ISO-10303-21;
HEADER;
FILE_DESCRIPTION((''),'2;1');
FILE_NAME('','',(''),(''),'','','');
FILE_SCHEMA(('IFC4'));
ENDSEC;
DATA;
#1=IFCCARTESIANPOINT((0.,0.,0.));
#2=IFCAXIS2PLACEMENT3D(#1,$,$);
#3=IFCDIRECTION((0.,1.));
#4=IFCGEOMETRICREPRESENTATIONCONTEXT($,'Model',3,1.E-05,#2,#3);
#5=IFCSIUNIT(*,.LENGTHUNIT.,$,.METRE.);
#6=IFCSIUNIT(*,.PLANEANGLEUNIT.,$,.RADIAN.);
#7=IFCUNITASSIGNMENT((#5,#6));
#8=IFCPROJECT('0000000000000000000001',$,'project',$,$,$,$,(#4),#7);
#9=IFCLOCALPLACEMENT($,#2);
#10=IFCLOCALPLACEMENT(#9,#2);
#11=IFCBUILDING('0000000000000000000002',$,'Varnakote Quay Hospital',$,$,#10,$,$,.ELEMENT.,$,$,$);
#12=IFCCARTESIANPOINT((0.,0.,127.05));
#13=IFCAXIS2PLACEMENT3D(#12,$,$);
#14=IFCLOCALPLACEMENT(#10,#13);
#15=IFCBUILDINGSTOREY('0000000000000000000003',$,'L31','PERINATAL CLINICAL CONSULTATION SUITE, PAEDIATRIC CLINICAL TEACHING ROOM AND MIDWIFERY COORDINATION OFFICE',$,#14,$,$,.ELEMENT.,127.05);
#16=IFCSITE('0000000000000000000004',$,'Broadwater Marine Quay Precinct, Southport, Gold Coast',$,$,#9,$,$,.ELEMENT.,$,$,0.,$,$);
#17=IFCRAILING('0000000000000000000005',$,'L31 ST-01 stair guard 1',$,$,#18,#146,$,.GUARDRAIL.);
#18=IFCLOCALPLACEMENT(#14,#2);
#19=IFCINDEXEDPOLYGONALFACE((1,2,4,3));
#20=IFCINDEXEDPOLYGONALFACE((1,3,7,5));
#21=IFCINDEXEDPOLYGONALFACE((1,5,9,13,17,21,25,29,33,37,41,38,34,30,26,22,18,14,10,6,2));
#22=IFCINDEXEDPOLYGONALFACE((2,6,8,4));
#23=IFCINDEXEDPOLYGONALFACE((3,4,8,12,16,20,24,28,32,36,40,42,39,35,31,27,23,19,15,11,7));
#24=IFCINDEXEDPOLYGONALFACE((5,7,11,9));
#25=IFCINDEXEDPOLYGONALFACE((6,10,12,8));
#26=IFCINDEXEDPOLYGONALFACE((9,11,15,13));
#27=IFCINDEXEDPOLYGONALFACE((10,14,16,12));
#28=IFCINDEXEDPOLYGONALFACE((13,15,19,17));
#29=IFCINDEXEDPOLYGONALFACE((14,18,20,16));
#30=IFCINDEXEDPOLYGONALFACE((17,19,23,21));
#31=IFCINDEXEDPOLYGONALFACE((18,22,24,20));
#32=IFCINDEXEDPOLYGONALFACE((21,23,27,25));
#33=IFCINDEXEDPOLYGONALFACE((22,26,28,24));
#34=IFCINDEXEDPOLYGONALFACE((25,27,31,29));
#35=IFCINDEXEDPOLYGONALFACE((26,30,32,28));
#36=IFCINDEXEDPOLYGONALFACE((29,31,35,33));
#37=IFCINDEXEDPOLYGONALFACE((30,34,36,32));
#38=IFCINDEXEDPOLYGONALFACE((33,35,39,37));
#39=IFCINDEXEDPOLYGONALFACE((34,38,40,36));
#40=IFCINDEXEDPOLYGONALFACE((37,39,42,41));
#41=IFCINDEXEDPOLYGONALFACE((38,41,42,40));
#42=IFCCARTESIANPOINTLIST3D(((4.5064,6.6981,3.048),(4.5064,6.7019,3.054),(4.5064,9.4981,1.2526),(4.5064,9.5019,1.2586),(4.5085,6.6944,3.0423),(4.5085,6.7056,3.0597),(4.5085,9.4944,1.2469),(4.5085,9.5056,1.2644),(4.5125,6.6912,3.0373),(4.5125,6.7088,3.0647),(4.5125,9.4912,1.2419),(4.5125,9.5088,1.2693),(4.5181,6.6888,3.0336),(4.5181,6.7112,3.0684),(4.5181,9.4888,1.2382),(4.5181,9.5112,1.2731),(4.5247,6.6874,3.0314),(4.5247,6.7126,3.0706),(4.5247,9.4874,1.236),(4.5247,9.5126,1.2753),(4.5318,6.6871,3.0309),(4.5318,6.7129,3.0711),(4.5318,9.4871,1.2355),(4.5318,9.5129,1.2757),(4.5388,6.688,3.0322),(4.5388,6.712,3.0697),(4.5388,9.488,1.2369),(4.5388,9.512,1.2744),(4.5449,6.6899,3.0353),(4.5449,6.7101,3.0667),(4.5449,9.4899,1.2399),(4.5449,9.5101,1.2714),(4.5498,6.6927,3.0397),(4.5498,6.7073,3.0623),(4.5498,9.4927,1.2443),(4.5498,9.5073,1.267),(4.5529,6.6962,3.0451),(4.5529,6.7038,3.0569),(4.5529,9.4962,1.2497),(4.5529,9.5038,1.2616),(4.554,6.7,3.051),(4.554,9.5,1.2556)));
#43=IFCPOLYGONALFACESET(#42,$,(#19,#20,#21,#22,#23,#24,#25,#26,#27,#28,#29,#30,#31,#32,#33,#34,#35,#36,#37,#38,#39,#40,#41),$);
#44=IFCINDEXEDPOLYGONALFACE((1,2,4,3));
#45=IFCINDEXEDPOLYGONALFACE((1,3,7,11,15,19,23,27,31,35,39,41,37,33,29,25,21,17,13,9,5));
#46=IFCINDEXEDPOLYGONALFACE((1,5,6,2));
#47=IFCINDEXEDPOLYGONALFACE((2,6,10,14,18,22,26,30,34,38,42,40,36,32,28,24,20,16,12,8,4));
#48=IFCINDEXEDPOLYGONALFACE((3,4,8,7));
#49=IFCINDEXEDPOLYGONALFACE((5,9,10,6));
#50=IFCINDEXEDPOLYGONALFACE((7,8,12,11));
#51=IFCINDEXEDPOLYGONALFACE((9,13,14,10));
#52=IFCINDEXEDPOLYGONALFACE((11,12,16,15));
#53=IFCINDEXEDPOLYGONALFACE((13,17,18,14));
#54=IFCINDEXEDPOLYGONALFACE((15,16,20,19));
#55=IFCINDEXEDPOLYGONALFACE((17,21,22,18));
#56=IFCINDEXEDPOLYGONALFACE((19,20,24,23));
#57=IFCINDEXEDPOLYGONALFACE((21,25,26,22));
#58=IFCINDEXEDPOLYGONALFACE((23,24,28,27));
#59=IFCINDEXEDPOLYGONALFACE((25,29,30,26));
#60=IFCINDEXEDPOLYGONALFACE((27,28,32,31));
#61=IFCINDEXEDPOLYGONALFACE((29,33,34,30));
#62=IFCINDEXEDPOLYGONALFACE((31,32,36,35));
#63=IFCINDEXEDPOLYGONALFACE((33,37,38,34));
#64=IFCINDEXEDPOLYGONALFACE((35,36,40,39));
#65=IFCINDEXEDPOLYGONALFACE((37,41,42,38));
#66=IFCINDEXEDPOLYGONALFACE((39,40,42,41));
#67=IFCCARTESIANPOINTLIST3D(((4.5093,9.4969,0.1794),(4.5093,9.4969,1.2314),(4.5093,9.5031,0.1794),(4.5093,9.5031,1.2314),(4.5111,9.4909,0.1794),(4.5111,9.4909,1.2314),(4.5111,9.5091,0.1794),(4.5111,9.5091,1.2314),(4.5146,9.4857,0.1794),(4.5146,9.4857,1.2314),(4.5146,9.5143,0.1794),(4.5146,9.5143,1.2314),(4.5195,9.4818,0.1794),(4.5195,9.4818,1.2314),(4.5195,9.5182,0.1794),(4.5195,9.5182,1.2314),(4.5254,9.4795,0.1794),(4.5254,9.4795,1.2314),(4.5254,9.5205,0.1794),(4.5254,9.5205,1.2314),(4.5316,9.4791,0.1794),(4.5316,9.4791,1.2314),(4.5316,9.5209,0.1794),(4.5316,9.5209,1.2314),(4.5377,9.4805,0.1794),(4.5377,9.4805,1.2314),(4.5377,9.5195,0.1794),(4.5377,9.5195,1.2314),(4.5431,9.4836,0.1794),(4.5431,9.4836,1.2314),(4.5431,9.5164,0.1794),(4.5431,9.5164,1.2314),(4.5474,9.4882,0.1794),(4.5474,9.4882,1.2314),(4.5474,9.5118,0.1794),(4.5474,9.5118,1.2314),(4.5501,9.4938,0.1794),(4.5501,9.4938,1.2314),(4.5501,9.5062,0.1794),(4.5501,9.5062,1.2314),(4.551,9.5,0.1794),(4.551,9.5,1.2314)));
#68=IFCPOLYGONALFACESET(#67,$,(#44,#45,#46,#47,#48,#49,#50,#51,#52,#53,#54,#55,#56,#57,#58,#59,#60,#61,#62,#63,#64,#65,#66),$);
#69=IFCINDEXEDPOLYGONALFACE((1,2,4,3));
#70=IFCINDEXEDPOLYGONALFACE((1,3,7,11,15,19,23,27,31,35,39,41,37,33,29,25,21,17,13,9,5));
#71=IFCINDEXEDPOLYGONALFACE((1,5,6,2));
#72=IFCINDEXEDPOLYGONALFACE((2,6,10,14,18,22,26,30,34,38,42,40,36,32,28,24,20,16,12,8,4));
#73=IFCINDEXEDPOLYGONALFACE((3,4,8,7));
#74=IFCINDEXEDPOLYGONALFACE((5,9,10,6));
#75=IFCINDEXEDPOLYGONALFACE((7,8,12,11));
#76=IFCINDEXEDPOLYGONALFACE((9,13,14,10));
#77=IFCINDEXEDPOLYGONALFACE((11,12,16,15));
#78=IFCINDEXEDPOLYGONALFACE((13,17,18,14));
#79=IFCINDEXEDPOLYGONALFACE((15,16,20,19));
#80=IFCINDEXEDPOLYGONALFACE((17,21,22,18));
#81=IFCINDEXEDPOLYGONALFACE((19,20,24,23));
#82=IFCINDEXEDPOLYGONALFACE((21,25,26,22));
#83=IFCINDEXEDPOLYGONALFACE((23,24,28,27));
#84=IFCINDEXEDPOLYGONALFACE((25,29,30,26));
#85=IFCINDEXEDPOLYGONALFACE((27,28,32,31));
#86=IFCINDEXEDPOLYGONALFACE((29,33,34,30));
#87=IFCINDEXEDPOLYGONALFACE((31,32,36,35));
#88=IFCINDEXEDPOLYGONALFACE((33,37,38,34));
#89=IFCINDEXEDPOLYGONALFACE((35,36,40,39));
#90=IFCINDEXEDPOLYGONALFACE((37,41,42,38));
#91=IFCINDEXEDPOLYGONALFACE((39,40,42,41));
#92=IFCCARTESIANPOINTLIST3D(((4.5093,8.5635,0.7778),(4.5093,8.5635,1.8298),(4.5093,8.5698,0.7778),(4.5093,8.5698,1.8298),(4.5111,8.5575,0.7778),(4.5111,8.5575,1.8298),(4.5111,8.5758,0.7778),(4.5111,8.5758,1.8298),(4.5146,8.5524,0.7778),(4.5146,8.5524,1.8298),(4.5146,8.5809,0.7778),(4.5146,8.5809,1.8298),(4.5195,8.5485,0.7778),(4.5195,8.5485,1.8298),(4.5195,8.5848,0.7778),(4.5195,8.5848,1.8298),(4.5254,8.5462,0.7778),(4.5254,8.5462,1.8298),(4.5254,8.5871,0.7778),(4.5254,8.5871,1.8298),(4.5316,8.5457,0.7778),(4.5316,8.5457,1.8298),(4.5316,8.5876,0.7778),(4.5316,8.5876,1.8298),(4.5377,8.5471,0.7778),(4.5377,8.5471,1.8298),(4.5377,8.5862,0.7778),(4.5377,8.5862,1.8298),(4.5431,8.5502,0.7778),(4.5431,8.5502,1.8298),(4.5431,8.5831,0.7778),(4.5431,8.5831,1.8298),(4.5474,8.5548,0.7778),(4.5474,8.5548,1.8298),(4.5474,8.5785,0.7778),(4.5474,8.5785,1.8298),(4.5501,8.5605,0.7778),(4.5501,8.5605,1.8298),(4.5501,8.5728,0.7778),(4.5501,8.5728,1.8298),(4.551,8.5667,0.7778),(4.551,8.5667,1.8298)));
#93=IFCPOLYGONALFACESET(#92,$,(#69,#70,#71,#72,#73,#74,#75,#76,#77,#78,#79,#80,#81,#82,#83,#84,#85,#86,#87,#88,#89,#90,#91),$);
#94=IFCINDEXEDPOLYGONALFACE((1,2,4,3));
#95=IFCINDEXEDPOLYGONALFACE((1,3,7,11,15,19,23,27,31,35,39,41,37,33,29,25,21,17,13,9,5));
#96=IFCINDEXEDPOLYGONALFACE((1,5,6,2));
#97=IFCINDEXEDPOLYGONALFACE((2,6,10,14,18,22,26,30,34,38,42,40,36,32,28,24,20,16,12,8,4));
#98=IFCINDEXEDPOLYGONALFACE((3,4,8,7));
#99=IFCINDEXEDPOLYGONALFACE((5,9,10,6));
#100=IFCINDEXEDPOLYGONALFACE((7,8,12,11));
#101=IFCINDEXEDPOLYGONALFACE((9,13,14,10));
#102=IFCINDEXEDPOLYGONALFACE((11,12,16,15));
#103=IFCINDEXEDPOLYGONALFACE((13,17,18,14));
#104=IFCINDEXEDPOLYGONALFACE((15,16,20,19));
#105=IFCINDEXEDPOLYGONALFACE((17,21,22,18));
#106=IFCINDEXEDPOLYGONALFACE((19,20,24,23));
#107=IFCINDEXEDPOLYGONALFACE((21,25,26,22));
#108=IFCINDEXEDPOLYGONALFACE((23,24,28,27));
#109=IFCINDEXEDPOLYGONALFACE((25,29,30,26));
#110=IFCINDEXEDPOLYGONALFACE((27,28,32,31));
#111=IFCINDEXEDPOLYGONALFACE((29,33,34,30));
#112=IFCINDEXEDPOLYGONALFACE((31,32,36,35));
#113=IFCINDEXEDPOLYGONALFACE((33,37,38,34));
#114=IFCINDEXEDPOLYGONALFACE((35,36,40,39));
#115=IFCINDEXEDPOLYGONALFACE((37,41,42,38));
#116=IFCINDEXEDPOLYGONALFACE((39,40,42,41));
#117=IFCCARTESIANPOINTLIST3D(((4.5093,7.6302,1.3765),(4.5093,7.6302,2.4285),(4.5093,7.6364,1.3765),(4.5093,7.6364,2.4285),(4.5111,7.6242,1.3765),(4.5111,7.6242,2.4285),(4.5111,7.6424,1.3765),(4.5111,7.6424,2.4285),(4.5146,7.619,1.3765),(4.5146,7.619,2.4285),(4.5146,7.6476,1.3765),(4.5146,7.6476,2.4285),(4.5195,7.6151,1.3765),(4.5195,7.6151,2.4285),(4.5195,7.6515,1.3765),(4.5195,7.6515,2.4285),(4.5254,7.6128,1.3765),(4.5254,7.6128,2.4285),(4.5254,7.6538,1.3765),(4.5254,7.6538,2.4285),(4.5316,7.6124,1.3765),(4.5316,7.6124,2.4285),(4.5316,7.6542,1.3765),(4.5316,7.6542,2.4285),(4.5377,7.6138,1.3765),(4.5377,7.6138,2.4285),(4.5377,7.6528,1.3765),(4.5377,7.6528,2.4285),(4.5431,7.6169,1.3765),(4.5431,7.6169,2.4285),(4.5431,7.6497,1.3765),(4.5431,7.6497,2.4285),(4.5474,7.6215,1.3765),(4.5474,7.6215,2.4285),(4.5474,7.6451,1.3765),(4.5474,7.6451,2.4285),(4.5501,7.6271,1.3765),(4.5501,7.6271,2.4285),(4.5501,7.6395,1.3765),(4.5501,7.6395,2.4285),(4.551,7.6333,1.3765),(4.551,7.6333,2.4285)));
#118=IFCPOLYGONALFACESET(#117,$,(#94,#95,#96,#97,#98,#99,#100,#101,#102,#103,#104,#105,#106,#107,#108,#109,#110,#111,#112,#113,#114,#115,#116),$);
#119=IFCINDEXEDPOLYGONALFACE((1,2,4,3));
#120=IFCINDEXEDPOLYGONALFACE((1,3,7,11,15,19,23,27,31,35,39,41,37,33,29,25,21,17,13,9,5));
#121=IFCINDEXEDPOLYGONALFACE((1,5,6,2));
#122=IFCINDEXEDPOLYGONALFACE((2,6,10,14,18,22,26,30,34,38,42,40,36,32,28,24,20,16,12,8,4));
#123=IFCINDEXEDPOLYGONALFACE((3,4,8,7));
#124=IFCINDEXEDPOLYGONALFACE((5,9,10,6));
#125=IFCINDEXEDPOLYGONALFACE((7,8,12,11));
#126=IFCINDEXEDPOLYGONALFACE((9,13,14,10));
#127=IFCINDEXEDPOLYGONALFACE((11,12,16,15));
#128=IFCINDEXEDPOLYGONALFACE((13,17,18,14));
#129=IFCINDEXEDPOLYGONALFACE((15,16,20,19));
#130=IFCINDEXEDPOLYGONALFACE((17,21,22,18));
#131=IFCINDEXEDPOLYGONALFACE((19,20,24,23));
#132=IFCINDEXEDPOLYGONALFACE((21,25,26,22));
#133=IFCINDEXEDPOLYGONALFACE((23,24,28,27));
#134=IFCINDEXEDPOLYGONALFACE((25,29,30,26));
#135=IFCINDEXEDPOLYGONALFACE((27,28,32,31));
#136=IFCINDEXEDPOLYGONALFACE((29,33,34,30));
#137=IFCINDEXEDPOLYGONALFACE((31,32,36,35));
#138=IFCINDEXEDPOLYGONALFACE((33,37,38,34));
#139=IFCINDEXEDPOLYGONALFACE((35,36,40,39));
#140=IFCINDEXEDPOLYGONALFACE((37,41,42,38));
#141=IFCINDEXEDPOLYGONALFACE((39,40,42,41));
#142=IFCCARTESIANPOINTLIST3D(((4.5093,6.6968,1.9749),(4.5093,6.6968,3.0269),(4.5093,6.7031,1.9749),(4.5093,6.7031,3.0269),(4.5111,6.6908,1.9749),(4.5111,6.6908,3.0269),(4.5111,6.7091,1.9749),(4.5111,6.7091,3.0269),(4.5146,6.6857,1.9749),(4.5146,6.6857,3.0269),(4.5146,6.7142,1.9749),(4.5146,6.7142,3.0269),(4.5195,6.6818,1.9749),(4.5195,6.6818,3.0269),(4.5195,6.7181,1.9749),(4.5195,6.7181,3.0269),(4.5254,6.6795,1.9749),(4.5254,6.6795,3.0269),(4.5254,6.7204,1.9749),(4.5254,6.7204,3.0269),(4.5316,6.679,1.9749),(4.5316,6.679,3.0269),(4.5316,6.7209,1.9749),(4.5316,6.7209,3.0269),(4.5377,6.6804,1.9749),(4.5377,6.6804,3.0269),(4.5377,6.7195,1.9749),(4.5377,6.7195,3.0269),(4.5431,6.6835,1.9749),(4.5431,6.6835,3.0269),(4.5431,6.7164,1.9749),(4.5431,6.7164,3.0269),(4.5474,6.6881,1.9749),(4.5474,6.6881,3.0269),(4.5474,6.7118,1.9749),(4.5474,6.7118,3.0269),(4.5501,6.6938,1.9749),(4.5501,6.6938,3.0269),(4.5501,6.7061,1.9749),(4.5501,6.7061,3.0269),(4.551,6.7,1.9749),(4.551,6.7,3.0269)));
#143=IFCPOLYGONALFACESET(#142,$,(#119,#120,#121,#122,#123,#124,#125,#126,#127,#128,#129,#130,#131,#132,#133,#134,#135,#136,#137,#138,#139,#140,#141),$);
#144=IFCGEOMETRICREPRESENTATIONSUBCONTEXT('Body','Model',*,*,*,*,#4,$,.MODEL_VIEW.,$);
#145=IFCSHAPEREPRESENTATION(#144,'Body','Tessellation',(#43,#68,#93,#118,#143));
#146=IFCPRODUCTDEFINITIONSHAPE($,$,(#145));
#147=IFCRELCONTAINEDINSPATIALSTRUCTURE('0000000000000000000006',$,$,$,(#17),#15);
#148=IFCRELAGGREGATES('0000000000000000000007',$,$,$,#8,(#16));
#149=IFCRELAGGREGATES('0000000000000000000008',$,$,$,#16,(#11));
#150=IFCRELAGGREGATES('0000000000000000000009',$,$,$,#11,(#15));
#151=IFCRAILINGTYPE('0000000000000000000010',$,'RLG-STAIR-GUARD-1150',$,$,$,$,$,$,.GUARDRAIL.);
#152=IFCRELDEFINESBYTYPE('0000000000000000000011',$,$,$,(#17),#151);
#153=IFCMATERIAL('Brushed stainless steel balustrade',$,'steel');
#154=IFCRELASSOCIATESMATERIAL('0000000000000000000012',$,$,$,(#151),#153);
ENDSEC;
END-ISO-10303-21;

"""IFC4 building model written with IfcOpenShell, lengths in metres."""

from ifc_helpers import new_model, si_unit, direction, frame, origin, origin_2d, place, context, subcontext, project, spatial, circle, extrude, material, type_object, element, save


model = new_model("IFC4")

# Units and contexts
model_context = context("Model", 3, precision=1e-05, world=origin(), true_north=direction((0.0, 1.0)))
body_context = subcontext(model_context, "Body", "Model", "MODEL_VIEW")
ifc_project = project(units=[si_unit("LENGTHUNIT", "METRE"), si_unit("PLANEANGLEUNIT", "RADIAN")], contexts=[model_context])

# Site, building, storey
site_placement = place(None, origin())
site = spatial("IfcSite", under=ifc_project, at=site_placement, Name="Broadwater Marine Quay Precinct, Southport, Gold Coast", CompositionType="ELEMENT", RefElevation=0.0)
building_placement = place(site_placement, origin())
building = spatial("IfcBuilding", under=site, at=building_placement, Name="Varnakote Quay Hospital", CompositionType="ELEMENT")
storey_placement = place(building_placement, frame((0.0, 0.0, 127.05)))
storey = spatial("IfcBuildingStorey", under=building, at=storey_placement, Name="L31", Description="PERINATAL CLINICAL CONSULTATION SUITE, PAEDIATRIC CLINICAL TEACHING ROOM AND MIDWIFERY COORDINATION OFFICE", CompositionType="ELEMENT", Elevation=127.05)

# Railing
ifc_material_1 = material(Name="Brushed stainless steel balustrade", Category="steel")
railing_type_1 = type_object("IfcRailingType", Name="RLG-STAIR-GUARD-1150", PredefinedType="GUARDRAIL", material=ifc_material_1)
railing_1_placement = place(storey_placement, frame((4.53, 9.5, 0.1794)))
element("IfcRailing", 1, at=railing_1_placement, inside=storey, type_object=railing_type_1, Name="L31 ST-01 stair guard 1", PredefinedType="GUARDRAIL", context=body_context, shape_type="SweptSolid", body=[
    extrude(circle(Radius=0.0239, at=origin_2d()), frame((0.0, 0.0, 1.0762), z_axis=(0.0, -0.84181, 0.539774), x_axis=(1.0, 0.0, 0.0)), (0.0, 0.0, 1.0), 3.3262),
    extrude(circle(Radius=0.021, at=origin_2d()), origin(), (0.0, 0.0, 1.0), 1.052),
    extrude(circle(Radius=0.021, at=origin_2d()), frame((0.0, -0.9333, 0.5984)), (0.0, 0.0, 1.0), 1.052),
    extrude(circle(Radius=0.021, at=origin_2d()), frame((0.0, -1.8667, 1.197)), (0.0, 0.0, 1.0), 1.052),
    extrude(circle(Radius=0.021, at=origin_2d()), frame((0.0, -2.8, 1.7954)), (0.0, 0.0, 1.0), 1.052),
])

save(model, "model.ifc")
